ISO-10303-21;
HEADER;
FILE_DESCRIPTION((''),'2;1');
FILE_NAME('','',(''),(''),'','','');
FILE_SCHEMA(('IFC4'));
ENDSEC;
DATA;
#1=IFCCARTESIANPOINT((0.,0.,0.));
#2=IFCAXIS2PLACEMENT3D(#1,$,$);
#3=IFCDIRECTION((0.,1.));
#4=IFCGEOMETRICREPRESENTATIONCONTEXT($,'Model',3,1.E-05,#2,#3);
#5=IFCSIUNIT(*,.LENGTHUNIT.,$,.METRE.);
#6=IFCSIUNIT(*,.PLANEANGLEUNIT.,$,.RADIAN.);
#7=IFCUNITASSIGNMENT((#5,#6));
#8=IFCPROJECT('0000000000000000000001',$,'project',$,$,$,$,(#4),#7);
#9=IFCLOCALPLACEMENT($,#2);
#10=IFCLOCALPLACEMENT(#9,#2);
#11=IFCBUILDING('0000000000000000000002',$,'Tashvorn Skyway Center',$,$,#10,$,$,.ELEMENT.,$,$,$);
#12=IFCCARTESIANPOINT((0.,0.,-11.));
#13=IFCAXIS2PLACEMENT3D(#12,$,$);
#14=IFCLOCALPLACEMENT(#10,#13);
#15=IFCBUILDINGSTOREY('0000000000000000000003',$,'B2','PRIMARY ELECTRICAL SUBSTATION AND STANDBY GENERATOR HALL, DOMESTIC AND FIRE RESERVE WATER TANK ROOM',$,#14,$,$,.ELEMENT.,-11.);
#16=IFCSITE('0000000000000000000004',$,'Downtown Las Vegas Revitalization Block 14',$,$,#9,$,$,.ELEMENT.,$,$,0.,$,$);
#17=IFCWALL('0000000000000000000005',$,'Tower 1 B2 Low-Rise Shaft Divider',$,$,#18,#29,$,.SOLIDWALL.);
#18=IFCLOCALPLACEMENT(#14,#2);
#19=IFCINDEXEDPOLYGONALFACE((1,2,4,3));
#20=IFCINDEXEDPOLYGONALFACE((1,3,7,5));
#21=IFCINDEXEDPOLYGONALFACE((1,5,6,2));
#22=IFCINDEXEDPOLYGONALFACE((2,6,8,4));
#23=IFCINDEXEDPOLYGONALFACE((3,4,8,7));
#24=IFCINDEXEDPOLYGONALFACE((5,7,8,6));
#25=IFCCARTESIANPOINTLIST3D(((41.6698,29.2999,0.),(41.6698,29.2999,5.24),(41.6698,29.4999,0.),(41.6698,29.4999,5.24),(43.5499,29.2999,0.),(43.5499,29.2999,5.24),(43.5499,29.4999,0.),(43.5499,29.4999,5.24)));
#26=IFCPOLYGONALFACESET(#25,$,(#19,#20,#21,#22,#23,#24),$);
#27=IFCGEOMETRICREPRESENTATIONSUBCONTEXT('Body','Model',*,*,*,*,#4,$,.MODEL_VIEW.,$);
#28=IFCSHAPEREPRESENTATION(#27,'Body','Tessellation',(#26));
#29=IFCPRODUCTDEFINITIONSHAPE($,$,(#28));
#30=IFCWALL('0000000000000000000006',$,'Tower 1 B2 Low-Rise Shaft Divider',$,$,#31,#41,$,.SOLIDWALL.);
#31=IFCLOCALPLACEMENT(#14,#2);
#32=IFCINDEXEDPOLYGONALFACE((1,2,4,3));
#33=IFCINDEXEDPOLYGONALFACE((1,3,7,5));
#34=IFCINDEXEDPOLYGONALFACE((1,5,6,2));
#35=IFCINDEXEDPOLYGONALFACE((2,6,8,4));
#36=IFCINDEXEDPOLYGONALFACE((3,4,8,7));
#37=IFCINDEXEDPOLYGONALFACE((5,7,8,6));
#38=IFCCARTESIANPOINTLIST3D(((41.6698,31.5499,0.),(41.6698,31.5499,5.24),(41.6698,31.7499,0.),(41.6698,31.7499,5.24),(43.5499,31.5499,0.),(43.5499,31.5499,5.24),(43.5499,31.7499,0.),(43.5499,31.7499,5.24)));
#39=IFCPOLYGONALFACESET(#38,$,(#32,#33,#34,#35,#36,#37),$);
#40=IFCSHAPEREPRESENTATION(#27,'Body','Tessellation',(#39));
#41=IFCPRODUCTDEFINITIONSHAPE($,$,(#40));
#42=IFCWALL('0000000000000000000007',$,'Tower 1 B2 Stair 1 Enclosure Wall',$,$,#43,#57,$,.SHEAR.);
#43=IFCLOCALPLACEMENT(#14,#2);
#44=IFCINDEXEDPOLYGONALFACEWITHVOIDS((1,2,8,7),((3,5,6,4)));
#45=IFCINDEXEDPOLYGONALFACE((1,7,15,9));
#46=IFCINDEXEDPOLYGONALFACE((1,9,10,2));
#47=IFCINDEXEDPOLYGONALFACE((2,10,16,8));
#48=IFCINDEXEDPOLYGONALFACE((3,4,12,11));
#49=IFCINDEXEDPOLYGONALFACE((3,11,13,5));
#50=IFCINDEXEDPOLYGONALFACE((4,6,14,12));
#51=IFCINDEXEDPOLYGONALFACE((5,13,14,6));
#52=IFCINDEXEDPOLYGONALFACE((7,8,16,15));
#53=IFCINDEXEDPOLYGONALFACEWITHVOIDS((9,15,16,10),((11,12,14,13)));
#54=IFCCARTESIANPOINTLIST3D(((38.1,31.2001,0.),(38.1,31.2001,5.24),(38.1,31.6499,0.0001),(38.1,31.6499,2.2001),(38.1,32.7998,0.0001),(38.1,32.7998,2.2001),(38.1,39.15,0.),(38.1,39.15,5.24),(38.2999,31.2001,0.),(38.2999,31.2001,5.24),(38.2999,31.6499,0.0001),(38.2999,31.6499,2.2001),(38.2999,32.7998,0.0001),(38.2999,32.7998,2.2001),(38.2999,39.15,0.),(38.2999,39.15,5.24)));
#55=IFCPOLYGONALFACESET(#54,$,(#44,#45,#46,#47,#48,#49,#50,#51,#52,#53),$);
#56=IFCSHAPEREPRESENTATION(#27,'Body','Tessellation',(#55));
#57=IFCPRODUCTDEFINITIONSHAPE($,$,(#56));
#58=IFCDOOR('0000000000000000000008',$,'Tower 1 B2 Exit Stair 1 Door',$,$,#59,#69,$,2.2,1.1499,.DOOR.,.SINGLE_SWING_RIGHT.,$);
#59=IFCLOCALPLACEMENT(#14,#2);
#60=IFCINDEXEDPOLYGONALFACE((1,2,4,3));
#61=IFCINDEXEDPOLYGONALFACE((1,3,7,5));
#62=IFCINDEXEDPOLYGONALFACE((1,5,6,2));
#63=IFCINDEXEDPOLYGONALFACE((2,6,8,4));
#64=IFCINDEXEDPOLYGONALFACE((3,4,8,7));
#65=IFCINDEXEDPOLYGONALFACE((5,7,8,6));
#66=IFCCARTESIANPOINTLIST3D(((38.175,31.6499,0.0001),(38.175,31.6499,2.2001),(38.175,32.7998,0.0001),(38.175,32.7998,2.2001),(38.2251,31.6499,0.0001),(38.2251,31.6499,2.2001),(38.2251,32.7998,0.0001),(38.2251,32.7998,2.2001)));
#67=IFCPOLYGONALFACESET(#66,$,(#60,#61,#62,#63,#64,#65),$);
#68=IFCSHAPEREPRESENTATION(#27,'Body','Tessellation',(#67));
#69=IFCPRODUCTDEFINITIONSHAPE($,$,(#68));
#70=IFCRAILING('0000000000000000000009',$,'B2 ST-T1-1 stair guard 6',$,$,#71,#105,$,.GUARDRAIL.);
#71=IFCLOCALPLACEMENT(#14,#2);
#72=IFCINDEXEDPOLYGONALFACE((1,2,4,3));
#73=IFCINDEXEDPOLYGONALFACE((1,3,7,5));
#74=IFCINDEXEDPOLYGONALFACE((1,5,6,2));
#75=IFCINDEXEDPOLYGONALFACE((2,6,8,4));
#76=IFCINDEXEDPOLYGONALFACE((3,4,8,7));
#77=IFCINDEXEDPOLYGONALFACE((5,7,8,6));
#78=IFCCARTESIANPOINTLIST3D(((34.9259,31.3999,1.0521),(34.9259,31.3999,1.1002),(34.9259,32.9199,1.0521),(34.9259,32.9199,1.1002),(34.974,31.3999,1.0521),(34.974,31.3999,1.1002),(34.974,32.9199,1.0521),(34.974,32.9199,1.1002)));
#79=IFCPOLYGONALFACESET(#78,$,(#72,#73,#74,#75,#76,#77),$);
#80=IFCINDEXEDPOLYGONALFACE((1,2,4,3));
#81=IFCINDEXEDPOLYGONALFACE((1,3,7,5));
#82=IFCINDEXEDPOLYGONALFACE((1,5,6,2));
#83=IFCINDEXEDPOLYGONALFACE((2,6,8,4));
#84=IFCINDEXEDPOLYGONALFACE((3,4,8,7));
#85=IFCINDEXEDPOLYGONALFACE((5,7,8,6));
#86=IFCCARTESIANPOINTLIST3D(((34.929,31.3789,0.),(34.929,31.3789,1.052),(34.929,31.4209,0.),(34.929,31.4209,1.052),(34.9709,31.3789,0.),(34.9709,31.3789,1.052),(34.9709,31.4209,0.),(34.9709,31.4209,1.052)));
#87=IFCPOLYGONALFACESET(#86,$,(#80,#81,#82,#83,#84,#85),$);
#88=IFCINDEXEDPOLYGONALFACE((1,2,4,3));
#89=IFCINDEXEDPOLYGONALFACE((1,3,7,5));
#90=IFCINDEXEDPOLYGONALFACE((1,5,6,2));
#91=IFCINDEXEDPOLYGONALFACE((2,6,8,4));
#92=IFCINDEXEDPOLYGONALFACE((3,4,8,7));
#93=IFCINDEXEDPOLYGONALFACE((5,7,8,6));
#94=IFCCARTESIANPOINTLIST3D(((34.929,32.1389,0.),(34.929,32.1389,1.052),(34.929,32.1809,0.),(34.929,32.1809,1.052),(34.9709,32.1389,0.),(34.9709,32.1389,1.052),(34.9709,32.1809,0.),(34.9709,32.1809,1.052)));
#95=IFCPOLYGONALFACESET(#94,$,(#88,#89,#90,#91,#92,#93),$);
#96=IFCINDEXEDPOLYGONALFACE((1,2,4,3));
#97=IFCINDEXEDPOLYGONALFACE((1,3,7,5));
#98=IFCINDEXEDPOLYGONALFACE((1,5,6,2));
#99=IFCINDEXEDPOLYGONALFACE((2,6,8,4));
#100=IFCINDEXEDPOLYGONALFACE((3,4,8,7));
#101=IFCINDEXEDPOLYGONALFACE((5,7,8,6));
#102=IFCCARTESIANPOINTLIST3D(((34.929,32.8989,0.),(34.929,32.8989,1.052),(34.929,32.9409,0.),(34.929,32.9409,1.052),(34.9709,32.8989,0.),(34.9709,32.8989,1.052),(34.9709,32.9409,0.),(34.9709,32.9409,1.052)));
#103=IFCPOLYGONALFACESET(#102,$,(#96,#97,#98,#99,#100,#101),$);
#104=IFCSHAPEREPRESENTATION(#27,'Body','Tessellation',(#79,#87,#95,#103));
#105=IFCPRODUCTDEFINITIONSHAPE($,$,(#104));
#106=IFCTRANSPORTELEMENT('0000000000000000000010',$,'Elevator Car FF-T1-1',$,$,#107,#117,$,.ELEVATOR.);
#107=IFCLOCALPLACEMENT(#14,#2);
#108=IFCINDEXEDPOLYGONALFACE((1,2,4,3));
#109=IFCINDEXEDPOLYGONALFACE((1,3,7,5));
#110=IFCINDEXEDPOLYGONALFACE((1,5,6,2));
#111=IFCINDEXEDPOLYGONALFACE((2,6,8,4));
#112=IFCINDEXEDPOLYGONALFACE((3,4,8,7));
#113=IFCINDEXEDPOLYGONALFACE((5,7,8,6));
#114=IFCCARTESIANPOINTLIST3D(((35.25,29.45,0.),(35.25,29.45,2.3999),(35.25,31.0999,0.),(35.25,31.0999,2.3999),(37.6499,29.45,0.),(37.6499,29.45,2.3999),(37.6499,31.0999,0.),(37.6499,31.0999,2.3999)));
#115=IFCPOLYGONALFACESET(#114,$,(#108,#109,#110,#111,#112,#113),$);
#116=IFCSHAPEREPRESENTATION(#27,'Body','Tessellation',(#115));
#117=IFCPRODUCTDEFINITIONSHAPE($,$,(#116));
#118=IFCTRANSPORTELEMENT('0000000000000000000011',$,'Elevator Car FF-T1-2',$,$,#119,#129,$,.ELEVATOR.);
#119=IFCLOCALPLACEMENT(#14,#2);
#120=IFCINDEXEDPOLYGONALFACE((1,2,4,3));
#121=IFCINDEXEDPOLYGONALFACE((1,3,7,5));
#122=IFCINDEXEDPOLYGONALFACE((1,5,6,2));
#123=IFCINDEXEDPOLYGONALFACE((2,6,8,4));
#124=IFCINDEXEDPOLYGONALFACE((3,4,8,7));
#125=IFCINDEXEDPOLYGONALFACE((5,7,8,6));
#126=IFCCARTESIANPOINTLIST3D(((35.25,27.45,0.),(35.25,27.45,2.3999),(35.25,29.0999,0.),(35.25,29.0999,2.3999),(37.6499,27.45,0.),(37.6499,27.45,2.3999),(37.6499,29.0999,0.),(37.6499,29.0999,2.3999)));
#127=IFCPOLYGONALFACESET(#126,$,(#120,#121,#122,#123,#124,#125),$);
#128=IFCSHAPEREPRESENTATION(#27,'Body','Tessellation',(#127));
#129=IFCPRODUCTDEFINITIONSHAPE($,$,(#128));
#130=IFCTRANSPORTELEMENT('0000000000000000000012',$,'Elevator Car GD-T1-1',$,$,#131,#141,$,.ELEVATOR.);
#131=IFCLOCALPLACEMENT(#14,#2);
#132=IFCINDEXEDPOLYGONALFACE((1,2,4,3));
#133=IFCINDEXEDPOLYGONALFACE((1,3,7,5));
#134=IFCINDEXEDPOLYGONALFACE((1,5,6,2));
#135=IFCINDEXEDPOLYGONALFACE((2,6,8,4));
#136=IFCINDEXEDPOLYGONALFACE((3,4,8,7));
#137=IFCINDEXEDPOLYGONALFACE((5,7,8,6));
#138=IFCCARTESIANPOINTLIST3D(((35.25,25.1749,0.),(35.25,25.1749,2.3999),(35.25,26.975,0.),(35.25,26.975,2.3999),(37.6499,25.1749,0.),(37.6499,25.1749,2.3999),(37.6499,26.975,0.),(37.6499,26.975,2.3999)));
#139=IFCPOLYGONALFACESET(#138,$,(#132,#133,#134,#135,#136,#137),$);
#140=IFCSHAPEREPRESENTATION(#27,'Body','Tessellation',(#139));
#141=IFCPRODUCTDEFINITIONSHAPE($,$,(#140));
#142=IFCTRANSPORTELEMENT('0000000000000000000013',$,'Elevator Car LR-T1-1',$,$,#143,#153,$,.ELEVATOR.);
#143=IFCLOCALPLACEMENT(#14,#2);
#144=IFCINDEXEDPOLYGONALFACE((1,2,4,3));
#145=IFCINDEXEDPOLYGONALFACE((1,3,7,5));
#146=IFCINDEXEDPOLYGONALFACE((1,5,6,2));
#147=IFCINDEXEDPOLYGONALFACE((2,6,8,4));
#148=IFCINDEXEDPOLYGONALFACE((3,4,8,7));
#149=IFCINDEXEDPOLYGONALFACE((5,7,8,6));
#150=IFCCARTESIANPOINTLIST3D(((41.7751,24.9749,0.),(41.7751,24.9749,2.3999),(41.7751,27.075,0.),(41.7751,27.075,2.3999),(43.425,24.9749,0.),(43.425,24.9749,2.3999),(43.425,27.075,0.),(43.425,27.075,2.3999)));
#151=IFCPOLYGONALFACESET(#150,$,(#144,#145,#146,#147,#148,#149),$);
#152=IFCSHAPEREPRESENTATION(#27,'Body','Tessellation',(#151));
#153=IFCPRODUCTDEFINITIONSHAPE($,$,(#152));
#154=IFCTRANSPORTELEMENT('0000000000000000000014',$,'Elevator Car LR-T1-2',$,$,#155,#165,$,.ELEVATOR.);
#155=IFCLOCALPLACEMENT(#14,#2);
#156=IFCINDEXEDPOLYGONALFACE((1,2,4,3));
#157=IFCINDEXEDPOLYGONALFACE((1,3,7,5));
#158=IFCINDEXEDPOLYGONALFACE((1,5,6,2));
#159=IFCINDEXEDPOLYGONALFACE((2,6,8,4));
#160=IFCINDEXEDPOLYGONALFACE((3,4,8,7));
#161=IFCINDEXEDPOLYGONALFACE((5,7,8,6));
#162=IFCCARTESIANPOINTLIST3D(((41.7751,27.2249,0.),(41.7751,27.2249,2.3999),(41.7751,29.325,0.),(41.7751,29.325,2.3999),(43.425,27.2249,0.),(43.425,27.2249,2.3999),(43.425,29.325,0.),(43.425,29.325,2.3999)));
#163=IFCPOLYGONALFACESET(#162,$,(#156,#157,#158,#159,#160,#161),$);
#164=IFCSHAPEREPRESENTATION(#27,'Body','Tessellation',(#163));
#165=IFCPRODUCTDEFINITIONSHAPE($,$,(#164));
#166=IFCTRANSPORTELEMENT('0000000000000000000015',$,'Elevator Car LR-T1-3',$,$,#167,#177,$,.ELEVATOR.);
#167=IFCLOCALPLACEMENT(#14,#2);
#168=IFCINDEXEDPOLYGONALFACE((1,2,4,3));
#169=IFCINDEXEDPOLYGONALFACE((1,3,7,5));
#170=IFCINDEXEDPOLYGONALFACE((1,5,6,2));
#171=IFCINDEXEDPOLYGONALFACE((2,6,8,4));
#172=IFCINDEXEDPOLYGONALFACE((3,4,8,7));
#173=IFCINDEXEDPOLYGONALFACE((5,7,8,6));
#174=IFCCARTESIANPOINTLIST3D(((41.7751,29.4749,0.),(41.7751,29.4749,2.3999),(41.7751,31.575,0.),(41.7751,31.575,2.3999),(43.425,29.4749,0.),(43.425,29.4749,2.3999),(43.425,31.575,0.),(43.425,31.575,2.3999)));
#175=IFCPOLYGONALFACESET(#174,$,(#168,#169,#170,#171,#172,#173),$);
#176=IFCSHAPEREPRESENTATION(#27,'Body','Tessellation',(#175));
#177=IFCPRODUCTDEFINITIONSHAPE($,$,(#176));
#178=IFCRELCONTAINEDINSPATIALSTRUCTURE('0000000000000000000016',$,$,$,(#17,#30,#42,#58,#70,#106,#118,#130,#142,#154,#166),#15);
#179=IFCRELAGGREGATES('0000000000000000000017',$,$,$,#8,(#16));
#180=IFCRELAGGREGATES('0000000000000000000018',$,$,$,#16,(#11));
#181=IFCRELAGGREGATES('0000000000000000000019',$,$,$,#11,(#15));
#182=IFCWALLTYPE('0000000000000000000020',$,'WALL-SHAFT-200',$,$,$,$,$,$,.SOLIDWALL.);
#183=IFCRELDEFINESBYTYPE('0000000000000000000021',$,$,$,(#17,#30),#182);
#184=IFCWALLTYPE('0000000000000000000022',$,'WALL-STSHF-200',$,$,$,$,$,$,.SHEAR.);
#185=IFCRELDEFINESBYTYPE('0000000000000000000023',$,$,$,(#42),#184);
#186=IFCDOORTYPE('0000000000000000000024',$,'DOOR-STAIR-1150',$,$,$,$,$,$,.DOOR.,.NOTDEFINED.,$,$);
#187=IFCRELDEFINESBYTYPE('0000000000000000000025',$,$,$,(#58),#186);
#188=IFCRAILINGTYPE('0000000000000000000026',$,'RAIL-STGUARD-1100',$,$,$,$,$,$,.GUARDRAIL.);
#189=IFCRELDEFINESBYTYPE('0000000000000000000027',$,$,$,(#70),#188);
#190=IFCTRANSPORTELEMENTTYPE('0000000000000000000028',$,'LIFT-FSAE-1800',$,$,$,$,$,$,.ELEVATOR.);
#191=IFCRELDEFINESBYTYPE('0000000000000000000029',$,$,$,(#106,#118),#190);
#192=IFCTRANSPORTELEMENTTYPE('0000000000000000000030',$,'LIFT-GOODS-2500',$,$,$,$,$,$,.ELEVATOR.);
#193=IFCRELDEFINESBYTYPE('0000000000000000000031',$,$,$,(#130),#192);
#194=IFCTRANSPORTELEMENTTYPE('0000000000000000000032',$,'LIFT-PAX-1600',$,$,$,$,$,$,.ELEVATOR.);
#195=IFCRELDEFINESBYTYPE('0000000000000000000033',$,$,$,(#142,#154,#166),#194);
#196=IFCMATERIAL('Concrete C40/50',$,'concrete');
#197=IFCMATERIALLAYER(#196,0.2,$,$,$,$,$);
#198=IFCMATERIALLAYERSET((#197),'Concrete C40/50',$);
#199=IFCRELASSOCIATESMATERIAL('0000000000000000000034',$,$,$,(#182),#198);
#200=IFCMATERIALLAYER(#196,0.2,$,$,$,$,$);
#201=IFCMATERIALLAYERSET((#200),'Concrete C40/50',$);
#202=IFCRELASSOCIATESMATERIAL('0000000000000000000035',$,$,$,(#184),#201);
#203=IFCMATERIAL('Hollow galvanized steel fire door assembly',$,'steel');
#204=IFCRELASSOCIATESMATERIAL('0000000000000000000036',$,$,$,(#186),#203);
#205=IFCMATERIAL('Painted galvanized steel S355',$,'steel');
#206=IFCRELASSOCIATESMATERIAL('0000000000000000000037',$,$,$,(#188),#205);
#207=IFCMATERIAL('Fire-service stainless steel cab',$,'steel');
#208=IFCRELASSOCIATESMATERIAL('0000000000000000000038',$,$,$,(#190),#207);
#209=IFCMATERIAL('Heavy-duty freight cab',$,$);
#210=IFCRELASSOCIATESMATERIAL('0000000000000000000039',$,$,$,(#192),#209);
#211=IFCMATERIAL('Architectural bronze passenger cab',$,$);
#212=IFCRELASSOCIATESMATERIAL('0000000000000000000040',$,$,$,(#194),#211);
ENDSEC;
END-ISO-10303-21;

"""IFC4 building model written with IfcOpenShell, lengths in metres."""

from ifc_helpers import new_model, si_unit, direction, frame, frame_2d, origin, origin_2d, place, context, subcontext, project, spatial, rectangle, extrude, material, layer, layer_set, type_object, element, fill, save


model = new_model("IFC4")

# Units and contexts
model_context = context("Model", 3, precision=1e-05, world=origin(), true_north=direction((0.0, 1.0)))
body_context = subcontext(model_context, "Body", "Model", "MODEL_VIEW")
ifc_project = project(units=[si_unit("LENGTHUNIT", "METRE"), si_unit("PLANEANGLEUNIT", "RADIAN")], contexts=[model_context])

# Site, building, storey
site_placement = place(None, origin())
site = spatial("IfcSite", under=ifc_project, at=site_placement, Name="Downtown Las Vegas Revitalization Block 14", CompositionType="ELEMENT", RefElevation=0.0)
building_placement = place(site_placement, origin())
building = spatial("IfcBuilding", under=site, at=building_placement, Name="Tashvorn Skyway Center", CompositionType="ELEMENT")
storey_placement = place(building_placement, frame((0.0, 0.0, -11.0)))
storey = spatial("IfcBuildingStorey", under=building, at=storey_placement, Name="B2", Description="PRIMARY ELECTRICAL SUBSTATION AND STANDBY GENERATOR HALL, DOMESTIC AND FIRE RESERVE WATER TANK ROOM", CompositionType="ELEMENT", Elevation=-11.0)

# Shared definitions
ifc_material_1 = material(Name="Concrete C40/50", Category="concrete")
ifc_material_2 = material(Name="Hollow galvanized steel fire door assembly", Category="steel")

# Walls
ifc_layer_1 = layer(ifc_material_1, 0.2)
ifc_layer_set_1 = layer_set([ifc_layer_1], Name="Concrete C40/50")
wall_type_1 = type_object("IfcWallType", Name="WALL-SHAFT-200", PredefinedType="SOLIDWALL", material=ifc_layer_set_1)
for number, where, z_axis, x_axis, name in (
    (1, (41.6699, 29.3999, 0.0), (0.0, 0.0, 1.0), (1.0, 0.0, 0.0), "Tower 1 B2 Low-Rise Shaft Divider"),
    (2, (41.6699, 31.6499, 0.0), (0.0, 0.0, 1.0), (1.0, 0.0, 0.0), "Tower 1 B2 Low-Rise Shaft Divider"),
):
    element("IfcWall", number, at=place(storey_placement, frame(where, z_axis=z_axis, x_axis=x_axis)), inside=storey, type_object=wall_type_1, Name=name, PredefinedType="SOLIDWALL", context=body_context, shape_type="SweptSolid", body=[
        extrude(rectangle(XDim=1.8801, YDim=0.2, at=frame_2d((0.9399, 0.0))), origin(), (0.0, 0.0, 1.0), 5.24),
    ])

# Wall, opening, door
ifc_layer_2 = layer(ifc_material_1, 0.2)
ifc_layer_set_2 = layer_set([ifc_layer_2], Name="Concrete C40/50")
wall_type_2 = type_object("IfcWallType", Name="WALL-STSHF-200", PredefinedType="SHEAR", material=ifc_layer_set_2)
wall_1_placement = place(storey_placement, frame((38.2, 31.2, 0.0), z_axis=(0.0, 0.0, 1.0), x_axis=(0.0, 1.0, 0.0)))
wall_1 = element("IfcWall", 3, at=wall_1_placement, inside=storey, type_object=wall_type_2, Name="Tower 1 B2 Stair 1 Enclosure Wall", PredefinedType="SHEAR", context=body_context, shape_type="SweptSolid", body=[
    extrude(rectangle(XDim=7.95, YDim=0.2, at=frame_2d((3.9751, 0.0))), origin(), (0.0, 0.0, 1.0), 5.24),
])
opening_1_placement = place(wall_1_placement, frame((0.45, 0.0, 0.0)))
opening_1 = element("IfcOpeningElement", 4, at=opening_1_placement, cuts=wall_1, PredefinedType="OPENING", context=body_context, shape_type="SweptSolid", body=[
    extrude(rectangle(XDim=1.1499, YDim=2.2, at=frame_2d((0.575, 1.1001))), frame((0.0, 0.1099, 0.0), z_axis=(0.0, -1.0, 0.0), x_axis=(1.0, 0.0, 0.0)), (0.0, 0.0, 1.0), 0.22),
])
door_type_1 = type_object("IfcDoorType", Name="DOOR-STAIR-1150", OperationType="NOTDEFINED", PredefinedType="DOOR", material=ifc_material_2)
door_1_placement = place(opening_1_placement, origin())
door_1 = element("IfcDoor", 5, at=door_1_placement, inside=storey, type_object=door_type_1, Name="Tower 1 B2 Exit Stair 1 Door", OperationType="SINGLE_SWING_RIGHT", OverallHeight=2.2, OverallWidth=1.1499, PredefinedType="DOOR", context=body_context, shape_type="SweptSolid", body=[
    extrude(rectangle(XDim=1.1499, YDim=2.2, at=frame_2d((0.575, 1.1001))), frame((0.0, 0.0249, 0.0), z_axis=(0.0, -1.0, 0.0), x_axis=(1.0, 0.0, 0.0)), (0.0, 0.0, 1.0), 0.05),
])
fill(opening_1, door_1)

# Railing
ifc_material_3 = material(Name="Painted galvanized steel S355", Category="steel")
railing_type = type_object("IfcRailingType", Name="RAIL-STGUARD-1100", PredefinedType="GUARDRAIL", material=ifc_material_3)
railing_placement = place(storey_placement, frame((34.95, 31.3999, 0.0)))
element("IfcRailing", 6, at=railing_placement, inside=storey, type_object=railing_type, Name="B2 ST-T1-1 stair guard 6", PredefinedType="GUARDRAIL", context=body_context, shape_type="SweptSolid", body=[
    extrude(rectangle(XDim=0.0481, YDim=0.0481, at=origin_2d()), frame((0.0, 0.0, 1.0762), z_axis=(0.0, 1.0, 0.0), x_axis=(-1.0, 0.0, 0.0)), (0.0, 0.0, 1.0), 1.52),
    extrude(rectangle(XDim=0.042, YDim=0.042, at=origin_2d()), origin(), (0.0, 0.0, 1.0), 1.052),
    extrude(rectangle(XDim=0.042, YDim=0.042, at=origin_2d()), frame((0.0, 0.76, 0.0)), (0.0, 0.0, 1.0), 1.052),
    extrude(rectangle(XDim=0.042, YDim=0.042, at=origin_2d()), frame((0.0, 1.52, 0.0)), (0.0, 0.0, 1.0), 1.052),
])

# Transport elements
ifc_material_4 = material(Name="Fire-service stainless steel cab", Category="steel")
transport_element_type_1 = type_object("IfcTransportElementType", Name="LIFT-FSAE-1800", PredefinedType="ELEVATOR", material=ifc_material_4)
for number, where, z_axis, x_axis, name in (
    (7, (36.45, 30.2749, 0.0), (0.0, 0.0, 1.0), (1.0, 0.0, 0.0), "Elevator Car FF-T1-1"),
    (8, (36.45, 28.2749, 0.0), (0.0, 0.0, 1.0), (1.0, 0.0, 0.0), "Elevator Car FF-T1-2"),
):
    element("IfcTransportElement", number, at=place(storey_placement, frame(where, z_axis=z_axis, x_axis=x_axis)), inside=storey, type_object=transport_element_type_1, Name=name, PredefinedType="ELEVATOR", context=body_context, shape_type="SweptSolid", body=[
        extrude(rectangle(XDim=2.3999, YDim=1.6499, at=origin_2d()), origin(), (0.0, 0.0, 1.0), 2.3999),
    ])
ifc_material_5 = material(Name="Heavy-duty freight cab")
transport_element_type_2 = type_object("IfcTransportElementType", Name="LIFT-GOODS-2500", PredefinedType="ELEVATOR", material=ifc_material_5)
transport_element_placement = place(storey_placement, frame((36.45, 26.075, 0.0), z_axis=(0.0, 0.0, 1.0), x_axis=(1.0, 0.0, 0.0)))
element("IfcTransportElement", 9, at=transport_element_placement, inside=storey, type_object=transport_element_type_2, Name="Elevator Car GD-T1-1", PredefinedType="ELEVATOR", context=body_context, shape_type="SweptSolid", body=[
    extrude(rectangle(XDim=2.3999, YDim=1.8, at=origin_2d()), origin(), (0.0, 0.0, 1.0), 2.3999),
])
ifc_material_6 = material(Name="Architectural bronze passenger cab")
transport_element_type_3 = type_object("IfcTransportElementType", Name="LIFT-PAX-1600", PredefinedType="ELEVATOR", material=ifc_material_6)
for number, where, z_axis, x_axis, name in (
    (10, (42.6001, 26.0249, 0.0), (0.0, 0.0, 1.0), (1.0, 0.0, 0.0), "Elevator Car LR-T1-1"),
    (11, (42.6001, 28.2749, 0.0), (0.0, 0.0, 1.0), (1.0, 0.0, 0.0), "Elevator Car LR-T1-2"),
    (12, (42.6001, 30.5249, 0.0), (0.0, 0.0, 1.0), (1.0, 0.0, 0.0), "Elevator Car LR-T1-3"),
):
    element("IfcTransportElement", number, at=place(storey_placement, frame(where, z_axis=z_axis, x_axis=x_axis)), inside=storey, type_object=transport_element_type_3, Name=name, PredefinedType="ELEVATOR", context=body_context, shape_type="SweptSolid", body=[
        extrude(rectangle(XDim=1.6499, YDim=2.1001, at=origin_2d()), origin(), (0.0, 0.0, 1.0), 2.3999),
    ])

save(model, "model.ifc")
